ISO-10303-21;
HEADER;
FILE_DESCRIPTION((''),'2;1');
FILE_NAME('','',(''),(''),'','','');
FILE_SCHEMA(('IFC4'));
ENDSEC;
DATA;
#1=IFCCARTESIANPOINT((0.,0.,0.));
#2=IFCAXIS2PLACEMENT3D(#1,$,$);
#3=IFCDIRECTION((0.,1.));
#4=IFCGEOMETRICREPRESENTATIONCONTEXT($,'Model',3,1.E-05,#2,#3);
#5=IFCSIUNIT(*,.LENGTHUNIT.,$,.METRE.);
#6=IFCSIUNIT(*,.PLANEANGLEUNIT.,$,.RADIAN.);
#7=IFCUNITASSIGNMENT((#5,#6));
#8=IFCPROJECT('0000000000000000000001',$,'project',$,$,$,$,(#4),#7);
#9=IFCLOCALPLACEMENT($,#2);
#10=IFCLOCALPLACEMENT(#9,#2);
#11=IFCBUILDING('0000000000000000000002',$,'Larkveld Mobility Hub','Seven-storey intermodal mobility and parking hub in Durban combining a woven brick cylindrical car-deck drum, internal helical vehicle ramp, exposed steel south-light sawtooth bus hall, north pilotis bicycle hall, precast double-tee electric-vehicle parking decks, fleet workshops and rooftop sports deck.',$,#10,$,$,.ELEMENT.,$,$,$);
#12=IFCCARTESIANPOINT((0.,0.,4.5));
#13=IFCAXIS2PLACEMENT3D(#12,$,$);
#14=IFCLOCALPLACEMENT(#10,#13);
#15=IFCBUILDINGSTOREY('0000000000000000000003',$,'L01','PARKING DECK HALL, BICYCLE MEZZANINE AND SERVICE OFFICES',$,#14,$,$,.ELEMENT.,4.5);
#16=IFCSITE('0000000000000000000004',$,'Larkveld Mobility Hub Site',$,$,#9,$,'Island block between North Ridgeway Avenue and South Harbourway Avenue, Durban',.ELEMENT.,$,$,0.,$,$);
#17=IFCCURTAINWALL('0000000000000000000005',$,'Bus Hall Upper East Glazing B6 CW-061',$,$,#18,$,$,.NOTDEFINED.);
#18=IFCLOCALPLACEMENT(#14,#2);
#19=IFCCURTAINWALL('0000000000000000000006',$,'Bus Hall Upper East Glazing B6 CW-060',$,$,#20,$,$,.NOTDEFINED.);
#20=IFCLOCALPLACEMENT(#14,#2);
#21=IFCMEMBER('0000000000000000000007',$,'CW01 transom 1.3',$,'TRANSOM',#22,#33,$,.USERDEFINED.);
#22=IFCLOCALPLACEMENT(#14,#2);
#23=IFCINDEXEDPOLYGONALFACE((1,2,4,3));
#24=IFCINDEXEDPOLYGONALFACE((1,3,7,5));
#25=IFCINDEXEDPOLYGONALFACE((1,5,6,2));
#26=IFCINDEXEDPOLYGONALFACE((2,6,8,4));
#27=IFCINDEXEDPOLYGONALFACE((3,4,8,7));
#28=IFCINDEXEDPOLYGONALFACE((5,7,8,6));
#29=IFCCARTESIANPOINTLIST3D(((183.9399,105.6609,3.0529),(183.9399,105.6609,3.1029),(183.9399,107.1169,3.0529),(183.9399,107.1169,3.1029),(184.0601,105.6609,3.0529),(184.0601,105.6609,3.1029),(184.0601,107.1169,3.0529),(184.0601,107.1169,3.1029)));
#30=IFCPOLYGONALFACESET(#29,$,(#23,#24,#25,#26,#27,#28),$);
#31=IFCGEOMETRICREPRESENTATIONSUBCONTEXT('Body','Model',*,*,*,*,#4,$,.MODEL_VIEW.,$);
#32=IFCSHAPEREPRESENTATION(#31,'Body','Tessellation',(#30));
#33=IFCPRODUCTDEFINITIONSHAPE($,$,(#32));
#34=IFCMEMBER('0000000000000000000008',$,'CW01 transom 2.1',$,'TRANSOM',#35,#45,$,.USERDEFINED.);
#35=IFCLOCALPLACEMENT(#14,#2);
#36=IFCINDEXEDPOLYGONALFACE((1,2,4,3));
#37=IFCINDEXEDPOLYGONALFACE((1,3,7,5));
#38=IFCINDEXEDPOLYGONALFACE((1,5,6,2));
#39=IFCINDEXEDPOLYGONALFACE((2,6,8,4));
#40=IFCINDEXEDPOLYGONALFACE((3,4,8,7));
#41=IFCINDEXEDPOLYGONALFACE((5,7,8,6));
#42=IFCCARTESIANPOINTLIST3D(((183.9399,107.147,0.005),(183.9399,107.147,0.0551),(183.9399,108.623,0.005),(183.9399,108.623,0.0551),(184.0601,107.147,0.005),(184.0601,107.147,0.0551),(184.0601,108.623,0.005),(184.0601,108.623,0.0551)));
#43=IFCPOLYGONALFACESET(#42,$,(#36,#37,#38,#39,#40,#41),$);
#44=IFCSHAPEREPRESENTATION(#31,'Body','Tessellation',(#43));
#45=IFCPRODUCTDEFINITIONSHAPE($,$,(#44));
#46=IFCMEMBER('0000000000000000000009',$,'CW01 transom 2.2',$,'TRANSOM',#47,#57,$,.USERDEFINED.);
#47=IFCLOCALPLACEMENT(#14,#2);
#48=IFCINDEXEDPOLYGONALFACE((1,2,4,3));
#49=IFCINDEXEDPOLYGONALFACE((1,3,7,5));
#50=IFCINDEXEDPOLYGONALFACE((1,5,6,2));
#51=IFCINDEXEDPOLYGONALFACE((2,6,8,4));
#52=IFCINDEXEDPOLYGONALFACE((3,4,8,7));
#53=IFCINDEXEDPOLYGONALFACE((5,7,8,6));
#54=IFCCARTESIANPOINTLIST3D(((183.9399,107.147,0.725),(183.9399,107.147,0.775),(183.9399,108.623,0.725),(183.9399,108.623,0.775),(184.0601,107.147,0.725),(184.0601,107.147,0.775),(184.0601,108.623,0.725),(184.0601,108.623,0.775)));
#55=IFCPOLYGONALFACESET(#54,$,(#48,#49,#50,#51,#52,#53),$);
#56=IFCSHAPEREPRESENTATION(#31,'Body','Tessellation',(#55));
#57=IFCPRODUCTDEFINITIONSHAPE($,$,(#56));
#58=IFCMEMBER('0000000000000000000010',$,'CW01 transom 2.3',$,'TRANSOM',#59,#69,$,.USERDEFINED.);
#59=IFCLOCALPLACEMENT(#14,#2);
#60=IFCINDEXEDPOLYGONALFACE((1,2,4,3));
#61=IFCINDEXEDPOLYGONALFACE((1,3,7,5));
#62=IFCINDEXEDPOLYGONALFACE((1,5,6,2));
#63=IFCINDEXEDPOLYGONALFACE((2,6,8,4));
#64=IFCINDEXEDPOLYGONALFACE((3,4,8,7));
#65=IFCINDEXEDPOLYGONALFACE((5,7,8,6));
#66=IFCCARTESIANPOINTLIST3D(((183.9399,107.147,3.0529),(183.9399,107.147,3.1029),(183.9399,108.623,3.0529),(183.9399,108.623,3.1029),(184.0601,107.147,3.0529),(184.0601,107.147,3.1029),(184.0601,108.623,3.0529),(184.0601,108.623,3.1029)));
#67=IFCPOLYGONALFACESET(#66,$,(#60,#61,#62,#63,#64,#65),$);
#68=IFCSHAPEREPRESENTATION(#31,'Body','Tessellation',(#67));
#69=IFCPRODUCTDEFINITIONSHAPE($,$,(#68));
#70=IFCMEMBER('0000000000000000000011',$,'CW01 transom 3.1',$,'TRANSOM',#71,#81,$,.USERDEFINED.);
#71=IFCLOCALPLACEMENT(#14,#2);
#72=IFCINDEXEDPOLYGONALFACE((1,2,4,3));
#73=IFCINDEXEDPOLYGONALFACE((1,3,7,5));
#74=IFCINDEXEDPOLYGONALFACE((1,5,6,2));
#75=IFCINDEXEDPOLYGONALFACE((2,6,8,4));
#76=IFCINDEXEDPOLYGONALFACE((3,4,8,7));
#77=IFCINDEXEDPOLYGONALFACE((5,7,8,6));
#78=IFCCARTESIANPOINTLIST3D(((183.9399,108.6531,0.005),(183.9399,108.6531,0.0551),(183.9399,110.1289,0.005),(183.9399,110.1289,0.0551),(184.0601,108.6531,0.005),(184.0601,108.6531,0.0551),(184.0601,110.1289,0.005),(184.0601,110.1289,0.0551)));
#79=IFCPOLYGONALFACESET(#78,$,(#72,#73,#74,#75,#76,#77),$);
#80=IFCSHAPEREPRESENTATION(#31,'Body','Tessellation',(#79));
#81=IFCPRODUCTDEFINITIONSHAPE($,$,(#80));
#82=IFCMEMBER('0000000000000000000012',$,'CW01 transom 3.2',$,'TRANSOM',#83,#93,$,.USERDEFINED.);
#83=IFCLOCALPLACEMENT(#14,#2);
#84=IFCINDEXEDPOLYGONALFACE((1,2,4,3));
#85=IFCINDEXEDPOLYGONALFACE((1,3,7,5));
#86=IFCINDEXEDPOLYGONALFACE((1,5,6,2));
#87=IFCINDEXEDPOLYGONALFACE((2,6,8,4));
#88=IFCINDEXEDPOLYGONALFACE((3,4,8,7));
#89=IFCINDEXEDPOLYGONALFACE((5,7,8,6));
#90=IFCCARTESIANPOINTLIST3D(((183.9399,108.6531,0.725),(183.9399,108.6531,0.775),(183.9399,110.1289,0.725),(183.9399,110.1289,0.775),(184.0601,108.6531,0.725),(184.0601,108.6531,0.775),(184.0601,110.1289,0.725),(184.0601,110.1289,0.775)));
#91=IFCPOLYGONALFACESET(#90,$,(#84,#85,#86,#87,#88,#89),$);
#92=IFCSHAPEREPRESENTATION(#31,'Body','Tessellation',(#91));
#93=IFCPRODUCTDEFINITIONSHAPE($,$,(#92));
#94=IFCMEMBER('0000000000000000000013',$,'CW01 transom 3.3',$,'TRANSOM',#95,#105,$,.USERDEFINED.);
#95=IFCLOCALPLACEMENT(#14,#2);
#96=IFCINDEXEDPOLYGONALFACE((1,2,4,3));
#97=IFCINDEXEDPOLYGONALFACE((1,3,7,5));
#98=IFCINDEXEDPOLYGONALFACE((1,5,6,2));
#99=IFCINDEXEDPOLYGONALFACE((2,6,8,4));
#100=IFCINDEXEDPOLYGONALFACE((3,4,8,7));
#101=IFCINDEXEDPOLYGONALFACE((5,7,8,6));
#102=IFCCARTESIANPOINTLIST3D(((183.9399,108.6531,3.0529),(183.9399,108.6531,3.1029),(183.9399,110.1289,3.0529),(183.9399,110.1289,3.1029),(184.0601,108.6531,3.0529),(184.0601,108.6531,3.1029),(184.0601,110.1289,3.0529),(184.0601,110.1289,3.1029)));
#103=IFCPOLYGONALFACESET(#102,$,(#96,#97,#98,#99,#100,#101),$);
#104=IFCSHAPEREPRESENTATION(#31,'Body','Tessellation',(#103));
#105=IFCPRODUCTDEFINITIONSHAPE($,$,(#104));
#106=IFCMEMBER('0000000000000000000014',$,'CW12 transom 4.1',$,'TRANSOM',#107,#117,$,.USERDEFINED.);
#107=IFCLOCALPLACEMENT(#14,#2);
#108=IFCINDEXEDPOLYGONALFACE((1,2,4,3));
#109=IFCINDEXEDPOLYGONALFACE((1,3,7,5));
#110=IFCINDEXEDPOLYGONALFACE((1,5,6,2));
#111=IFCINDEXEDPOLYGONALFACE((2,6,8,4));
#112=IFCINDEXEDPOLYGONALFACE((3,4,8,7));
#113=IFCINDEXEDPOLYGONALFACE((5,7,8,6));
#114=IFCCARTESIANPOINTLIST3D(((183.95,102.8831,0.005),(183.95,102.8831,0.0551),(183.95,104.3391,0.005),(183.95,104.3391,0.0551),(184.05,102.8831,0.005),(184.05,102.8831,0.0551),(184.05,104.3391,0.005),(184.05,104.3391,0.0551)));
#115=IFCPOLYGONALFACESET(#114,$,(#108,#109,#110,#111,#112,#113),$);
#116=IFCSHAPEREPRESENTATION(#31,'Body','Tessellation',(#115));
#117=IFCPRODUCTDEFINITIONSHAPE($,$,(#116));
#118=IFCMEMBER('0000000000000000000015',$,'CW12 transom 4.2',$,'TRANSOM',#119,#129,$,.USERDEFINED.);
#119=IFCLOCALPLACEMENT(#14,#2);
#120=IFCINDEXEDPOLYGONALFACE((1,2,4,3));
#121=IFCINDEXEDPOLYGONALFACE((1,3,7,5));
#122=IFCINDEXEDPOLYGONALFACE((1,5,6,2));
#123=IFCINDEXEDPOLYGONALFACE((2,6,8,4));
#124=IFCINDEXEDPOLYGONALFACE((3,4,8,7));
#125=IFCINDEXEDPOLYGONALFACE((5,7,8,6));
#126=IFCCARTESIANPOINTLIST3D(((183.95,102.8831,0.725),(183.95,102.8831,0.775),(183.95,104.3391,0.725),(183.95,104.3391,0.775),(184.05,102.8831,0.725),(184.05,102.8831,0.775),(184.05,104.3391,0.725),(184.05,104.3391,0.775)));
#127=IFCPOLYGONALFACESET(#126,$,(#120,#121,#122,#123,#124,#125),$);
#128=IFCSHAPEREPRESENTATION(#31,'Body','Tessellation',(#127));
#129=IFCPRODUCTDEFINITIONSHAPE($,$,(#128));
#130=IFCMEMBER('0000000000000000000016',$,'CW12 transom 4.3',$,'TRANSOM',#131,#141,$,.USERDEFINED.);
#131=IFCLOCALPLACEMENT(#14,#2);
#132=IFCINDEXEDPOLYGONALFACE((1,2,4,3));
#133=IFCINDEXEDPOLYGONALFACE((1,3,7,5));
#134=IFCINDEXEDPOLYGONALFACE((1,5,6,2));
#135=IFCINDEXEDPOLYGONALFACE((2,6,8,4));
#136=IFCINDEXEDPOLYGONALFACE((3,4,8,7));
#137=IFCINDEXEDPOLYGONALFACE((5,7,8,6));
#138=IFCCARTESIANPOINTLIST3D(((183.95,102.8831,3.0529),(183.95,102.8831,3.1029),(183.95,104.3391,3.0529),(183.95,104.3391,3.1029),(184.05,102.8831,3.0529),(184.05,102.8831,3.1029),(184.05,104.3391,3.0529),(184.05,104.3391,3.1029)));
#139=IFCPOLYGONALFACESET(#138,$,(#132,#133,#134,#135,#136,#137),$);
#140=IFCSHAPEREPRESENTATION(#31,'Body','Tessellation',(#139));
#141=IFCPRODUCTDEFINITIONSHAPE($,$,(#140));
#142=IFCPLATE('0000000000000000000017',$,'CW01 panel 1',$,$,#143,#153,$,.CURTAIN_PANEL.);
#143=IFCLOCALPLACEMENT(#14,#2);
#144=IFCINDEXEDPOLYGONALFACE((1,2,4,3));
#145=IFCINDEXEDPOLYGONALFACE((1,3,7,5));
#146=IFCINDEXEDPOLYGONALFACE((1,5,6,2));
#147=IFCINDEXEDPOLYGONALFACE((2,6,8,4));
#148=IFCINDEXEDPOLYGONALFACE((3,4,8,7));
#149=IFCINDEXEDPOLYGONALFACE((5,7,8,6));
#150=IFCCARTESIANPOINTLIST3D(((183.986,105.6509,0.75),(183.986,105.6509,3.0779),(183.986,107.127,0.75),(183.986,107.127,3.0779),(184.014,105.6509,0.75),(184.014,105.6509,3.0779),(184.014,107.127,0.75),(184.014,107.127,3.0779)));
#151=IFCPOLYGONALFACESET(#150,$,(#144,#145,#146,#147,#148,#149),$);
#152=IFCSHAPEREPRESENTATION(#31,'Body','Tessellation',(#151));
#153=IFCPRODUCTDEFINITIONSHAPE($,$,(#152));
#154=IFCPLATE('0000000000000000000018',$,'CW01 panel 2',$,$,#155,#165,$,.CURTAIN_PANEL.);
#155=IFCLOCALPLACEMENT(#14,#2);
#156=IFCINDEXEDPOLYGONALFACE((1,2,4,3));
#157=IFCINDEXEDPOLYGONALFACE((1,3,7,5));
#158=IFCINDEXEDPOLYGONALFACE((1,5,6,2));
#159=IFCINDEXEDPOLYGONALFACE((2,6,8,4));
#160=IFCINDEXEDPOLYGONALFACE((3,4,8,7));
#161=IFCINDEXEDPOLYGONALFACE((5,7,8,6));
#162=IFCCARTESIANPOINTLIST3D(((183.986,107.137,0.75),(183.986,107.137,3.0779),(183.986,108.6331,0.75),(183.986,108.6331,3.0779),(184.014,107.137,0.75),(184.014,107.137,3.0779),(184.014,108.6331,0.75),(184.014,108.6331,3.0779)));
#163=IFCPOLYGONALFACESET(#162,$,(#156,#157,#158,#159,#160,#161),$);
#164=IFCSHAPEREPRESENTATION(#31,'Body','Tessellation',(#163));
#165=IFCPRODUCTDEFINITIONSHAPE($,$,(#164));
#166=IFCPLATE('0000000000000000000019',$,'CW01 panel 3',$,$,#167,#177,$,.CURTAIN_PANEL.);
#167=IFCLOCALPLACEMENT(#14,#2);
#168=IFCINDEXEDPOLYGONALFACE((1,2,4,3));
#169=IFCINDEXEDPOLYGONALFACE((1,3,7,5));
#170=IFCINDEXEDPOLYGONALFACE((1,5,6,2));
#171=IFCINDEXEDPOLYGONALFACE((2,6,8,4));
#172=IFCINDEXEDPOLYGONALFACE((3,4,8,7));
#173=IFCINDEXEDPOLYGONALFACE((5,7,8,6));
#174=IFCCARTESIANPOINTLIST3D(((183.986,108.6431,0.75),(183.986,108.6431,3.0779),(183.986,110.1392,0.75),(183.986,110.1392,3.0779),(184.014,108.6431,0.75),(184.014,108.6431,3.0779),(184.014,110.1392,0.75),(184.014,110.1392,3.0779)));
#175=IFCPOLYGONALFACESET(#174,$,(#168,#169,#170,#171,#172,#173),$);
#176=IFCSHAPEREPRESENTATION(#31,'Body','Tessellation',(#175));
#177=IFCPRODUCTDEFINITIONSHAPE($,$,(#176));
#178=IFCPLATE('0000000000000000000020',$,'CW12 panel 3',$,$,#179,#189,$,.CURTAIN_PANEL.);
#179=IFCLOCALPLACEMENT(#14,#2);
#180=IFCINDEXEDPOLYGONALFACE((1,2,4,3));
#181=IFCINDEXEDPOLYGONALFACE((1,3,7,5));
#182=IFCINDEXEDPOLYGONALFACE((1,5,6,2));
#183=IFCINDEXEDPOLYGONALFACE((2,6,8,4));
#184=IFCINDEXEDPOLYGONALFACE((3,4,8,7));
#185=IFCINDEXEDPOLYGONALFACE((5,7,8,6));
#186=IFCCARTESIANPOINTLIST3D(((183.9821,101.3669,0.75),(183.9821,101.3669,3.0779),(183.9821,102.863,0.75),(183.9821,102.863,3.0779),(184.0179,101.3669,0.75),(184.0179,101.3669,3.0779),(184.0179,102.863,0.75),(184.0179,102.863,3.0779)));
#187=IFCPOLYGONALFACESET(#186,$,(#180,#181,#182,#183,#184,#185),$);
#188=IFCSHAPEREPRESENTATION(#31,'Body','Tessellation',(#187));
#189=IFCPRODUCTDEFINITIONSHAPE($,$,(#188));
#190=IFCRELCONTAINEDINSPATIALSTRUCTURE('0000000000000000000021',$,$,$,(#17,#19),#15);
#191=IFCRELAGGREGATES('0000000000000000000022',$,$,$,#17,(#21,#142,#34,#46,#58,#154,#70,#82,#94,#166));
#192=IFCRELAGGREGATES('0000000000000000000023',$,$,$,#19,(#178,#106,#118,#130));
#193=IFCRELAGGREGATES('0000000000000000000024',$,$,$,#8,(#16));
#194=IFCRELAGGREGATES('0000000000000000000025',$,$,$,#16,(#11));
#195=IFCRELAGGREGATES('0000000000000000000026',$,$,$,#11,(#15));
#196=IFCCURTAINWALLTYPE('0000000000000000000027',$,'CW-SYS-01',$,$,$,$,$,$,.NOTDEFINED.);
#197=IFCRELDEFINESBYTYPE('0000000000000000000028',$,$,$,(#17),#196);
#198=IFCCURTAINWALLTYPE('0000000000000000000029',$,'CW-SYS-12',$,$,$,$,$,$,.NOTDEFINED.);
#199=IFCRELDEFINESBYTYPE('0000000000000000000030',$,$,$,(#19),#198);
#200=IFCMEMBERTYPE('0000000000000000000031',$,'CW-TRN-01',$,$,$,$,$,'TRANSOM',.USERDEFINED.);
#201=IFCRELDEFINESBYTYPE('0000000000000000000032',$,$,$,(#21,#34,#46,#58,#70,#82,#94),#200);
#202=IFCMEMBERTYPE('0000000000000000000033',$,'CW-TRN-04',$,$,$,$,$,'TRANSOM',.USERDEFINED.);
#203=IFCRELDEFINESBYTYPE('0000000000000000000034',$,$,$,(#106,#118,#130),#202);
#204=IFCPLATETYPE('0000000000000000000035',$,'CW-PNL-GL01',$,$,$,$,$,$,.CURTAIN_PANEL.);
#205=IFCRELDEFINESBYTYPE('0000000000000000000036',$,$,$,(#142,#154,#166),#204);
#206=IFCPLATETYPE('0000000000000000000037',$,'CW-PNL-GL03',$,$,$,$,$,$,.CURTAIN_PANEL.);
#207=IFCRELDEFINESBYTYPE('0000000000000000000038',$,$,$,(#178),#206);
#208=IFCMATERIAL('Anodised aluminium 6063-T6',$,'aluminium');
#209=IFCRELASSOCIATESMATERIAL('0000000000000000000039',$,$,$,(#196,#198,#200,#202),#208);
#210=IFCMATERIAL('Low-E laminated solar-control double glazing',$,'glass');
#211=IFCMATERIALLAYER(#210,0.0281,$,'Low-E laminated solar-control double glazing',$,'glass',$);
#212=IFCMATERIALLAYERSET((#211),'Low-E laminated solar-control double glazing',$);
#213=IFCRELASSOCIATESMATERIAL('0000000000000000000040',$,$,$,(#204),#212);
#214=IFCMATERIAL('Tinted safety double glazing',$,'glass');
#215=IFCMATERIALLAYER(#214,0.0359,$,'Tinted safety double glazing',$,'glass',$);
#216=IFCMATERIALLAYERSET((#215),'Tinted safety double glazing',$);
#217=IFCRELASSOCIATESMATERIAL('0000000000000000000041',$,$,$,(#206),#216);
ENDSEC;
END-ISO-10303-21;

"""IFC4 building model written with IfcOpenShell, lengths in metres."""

from ifc_helpers import new_model, si_unit, direction, frame, origin, origin_2d, place, context, subcontext, project, spatial, rectangle, extrude, material, layer, layer_set, material_profile, profile_set, type_object, element, aggregate, save


model = new_model("IFC4")

# Units and contexts
model_context = context("Model", 3, precision=1e-05, world=origin(), true_north=direction((0.0, 1.0)))
body_context = subcontext(model_context, "Body", "Model", "MODEL_VIEW")
ifc_project = project(units=[si_unit("LENGTHUNIT", "METRE"), si_unit("PLANEANGLEUNIT", "RADIAN")], contexts=[model_context])

# Site, building, storey
site_placement = place(None, origin())
site = spatial("IfcSite", under=ifc_project, at=site_placement, Name="Larkveld Mobility Hub Site", LongName="Island block between North Ridgeway Avenue and South Harbourway Avenue, Durban", CompositionType="ELEMENT", RefElevation=0.0)
building_placement = place(site_placement, origin())
building = spatial("IfcBuilding", under=site, at=building_placement, Name="Larkveld Mobility Hub", Description="Seven-storey intermodal mobility and parking hub in Durban combining a woven brick cylindrical car-deck drum, internal helical vehicle ramp, exposed steel south-light sawtooth bus hall, north pilotis bicycle hall, precast double-tee electric-vehicle parking decks, fleet workshops and rooftop sports deck.", CompositionType="ELEMENT")
storey_placement = place(building_placement, frame((0.0, 0.0, 4.5)))
storey = spatial("IfcBuildingStorey", under=building, at=storey_placement, Name="L01", Description="PARKING DECK HALL, BICYCLE MEZZANINE AND SERVICE OFFICES", CompositionType="ELEMENT", Elevation=4.5)

# Curtain walls
ifc_material_1 = material(Name="Anodised aluminium 6063-T6", Category="aluminium")
curtain_wall_type_1 = type_object("IfcCurtainWallType", Name="CW-SYS-01", PredefinedType="NOTDEFINED", material=ifc_material_1)
curtain_wall_1_placement = place(storey_placement, origin())
curtain_wall_1 = element("IfcCurtainWall", 1, at=curtain_wall_1_placement, inside=storey, type_object=curtain_wall_type_1, Name="Bus Hall Upper East Glazing B6 CW-061", PredefinedType="NOTDEFINED")
curtain_wall_type_2 = type_object("IfcCurtainWallType", Name="CW-SYS-12", PredefinedType="NOTDEFINED", material=ifc_material_1)
curtain_wall_2_placement = place(storey_placement, origin())
curtain_wall_2 = element("IfcCurtainWall", 2, at=curtain_wall_2_placement, inside=storey, type_object=curtain_wall_type_2, Name="Bus Hall Upper East Glazing B6 CW-060", PredefinedType="NOTDEFINED")

# Members
ifc_material_profile_1 = material_profile(ifc_material_1, rectangle(XDim=0.1201, YDim=0.05, at=origin_2d()), Name="ALU TRAN 50x120")
ifc_profile_set_1 = profile_set([ifc_material_profile_1], Name="Anodised aluminium 6063-T6")
member_type_1 = type_object("IfcMemberType", Name="CW-TRN-01", ElementType="TRANSOM", PredefinedType="USERDEFINED", material=ifc_profile_set_1)
member_1_placement = place(storey_placement, frame((184.0, 105.6609, 3.0779), z_axis=(0.0, 1.0, 0.0), x_axis=(-1.0, 0.0, 0.0)))
member_1 = element("IfcMember", 3, at=member_1_placement, type_object=member_type_1, Name="CW01 transom 1.3", ObjectType="TRANSOM", PredefinedType="USERDEFINED", context=body_context, shape_type="SweptSolid", body=[
    extrude(rectangle(XDim=0.1201, YDim=0.05, at=origin_2d()), origin(), (0.0, 0.0, 1.0), 1.4561),
])
member_2_placement = place(storey_placement, frame((184.0, 107.147, 0.03), z_axis=(0.0, 1.0, 0.0), x_axis=(-1.0, 0.0, 0.0)))
member_2 = element("IfcMember", 4, at=member_2_placement, type_object=member_type_1, Name="CW01 transom 2.1", ObjectType="TRANSOM", PredefinedType="USERDEFINED", context=body_context, shape_type="SweptSolid", body=[
    extrude(rectangle(XDim=0.1201, YDim=0.05, at=origin_2d()), origin(), (0.0, 0.0, 1.0), 1.4761),
])
member_3_placement = place(storey_placement, frame((184.0, 107.147, 0.75), z_axis=(0.0, 1.0, 0.0), x_axis=(-1.0, 0.0, 0.0)))
member_3 = element("IfcMember", 5, at=member_3_placement, type_object=member_type_1, Name="CW01 transom 2.2", ObjectType="TRANSOM", PredefinedType="USERDEFINED", context=body_context, shape_type="SweptSolid", body=[
    extrude(rectangle(XDim=0.1201, YDim=0.05, at=origin_2d()), origin(), (0.0, 0.0, 1.0), 1.4761),
])
member_4_placement = place(storey_placement, frame((184.0, 107.147, 3.0779), z_axis=(0.0, 1.0, 0.0), x_axis=(-1.0, 0.0, 0.0)))
member_4 = element("IfcMember", 6, at=member_4_placement, type_object=member_type_1, Name="CW01 transom 2.3", ObjectType="TRANSOM", PredefinedType="USERDEFINED", context=body_context, shape_type="SweptSolid", body=[
    extrude(rectangle(XDim=0.1201, YDim=0.05, at=origin_2d()), origin(), (0.0, 0.0, 1.0), 1.4761),
])
member_5_placement = place(storey_placement, frame((184.0, 108.6531, 0.03), z_axis=(0.0, 1.0, 0.0), x_axis=(-1.0, 0.0, 0.0)))
member_5 = element("IfcMember", 7, at=member_5_placement, type_object=member_type_1, Name="CW01 transom 3.1", ObjectType="TRANSOM", PredefinedType="USERDEFINED", context=body_context, shape_type="SweptSolid", body=[
    extrude(rectangle(XDim=0.1201, YDim=0.05, at=origin_2d()), origin(), (0.0, 0.0, 1.0), 1.4758),
])
member_6_placement = place(storey_placement, frame((184.0, 108.6531, 0.75), z_axis=(0.0, 1.0, 0.0), x_axis=(-1.0, 0.0, 0.0)))
member_6 = element("IfcMember", 8, at=member_6_placement, type_object=member_type_1, Name="CW01 transom 3.2", ObjectType="TRANSOM", PredefinedType="USERDEFINED", context=body_context, shape_type="SweptSolid", body=[
    extrude(rectangle(XDim=0.1201, YDim=0.05, at=origin_2d()), origin(), (0.0, 0.0, 1.0), 1.4758),
])
member_7_placement = place(storey_placement, frame((184.0, 108.6531, 3.0779), z_axis=(0.0, 1.0, 0.0), x_axis=(-1.0, 0.0, 0.0)))
member_7 = element("IfcMember", 9, at=member_7_placement, type_object=member_type_1, Name="CW01 transom 3.3", ObjectType="TRANSOM", PredefinedType="USERDEFINED", context=body_context, shape_type="SweptSolid", body=[
    extrude(rectangle(XDim=0.1201, YDim=0.05, at=origin_2d()), origin(), (0.0, 0.0, 1.0), 1.4758),
])
ifc_material_profile_2 = material_profile(ifc_material_1, rectangle(XDim=0.1001, YDim=0.05, at=origin_2d()), Name="ALU TRAN 50x100")
ifc_profile_set_2 = profile_set([ifc_material_profile_2], Name="Anodised aluminium 6063-T6")
member_type_2 = type_object("IfcMemberType", Name="CW-TRN-04", ElementType="TRANSOM", PredefinedType="USERDEFINED", material=ifc_profile_set_2)
member_8_placement = place(storey_placement, frame((184.0, 102.8831, 0.03), z_axis=(0.0, 1.0, 0.0), x_axis=(-1.0, 0.0, 0.0)))
member_8 = element("IfcMember", 10, at=member_8_placement, type_object=member_type_2, Name="CW12 transom 4.1", ObjectType="TRANSOM", PredefinedType="USERDEFINED", context=body_context, shape_type="SweptSolid", body=[
    extrude(rectangle(XDim=0.1001, YDim=0.05, at=origin_2d()), origin(), (0.0, 0.0, 1.0), 1.4561),
])
member_9_placement = place(storey_placement, frame((184.0, 102.8831, 0.75), z_axis=(0.0, 1.0, 0.0), x_axis=(-1.0, 0.0, 0.0)))
member_9 = element("IfcMember", 11, at=member_9_placement, type_object=member_type_2, Name="CW12 transom 4.2", ObjectType="TRANSOM", PredefinedType="USERDEFINED", context=body_context, shape_type="SweptSolid", body=[
    extrude(rectangle(XDim=0.1001, YDim=0.05, at=origin_2d()), origin(), (0.0, 0.0, 1.0), 1.4561),
])
member_10_placement = place(storey_placement, frame((184.0, 102.8831, 3.0779), z_axis=(0.0, 1.0, 0.0), x_axis=(-1.0, 0.0, 0.0)))
member_10 = element("IfcMember", 12, at=member_10_placement, type_object=member_type_2, Name="CW12 transom 4.3", ObjectType="TRANSOM", PredefinedType="USERDEFINED", context=body_context, shape_type="SweptSolid", body=[
    extrude(rectangle(XDim=0.1001, YDim=0.05, at=origin_2d()), origin(), (0.0, 0.0, 1.0), 1.4561),
])

# Plates
ifc_material_2 = material(Name="Low-E laminated solar-control double glazing", Category="glass")
ifc_layer_1 = layer(ifc_material_2, 0.0281, Name="Low-E laminated solar-control double glazing", Category="glass")
ifc_layer_set_1 = layer_set([ifc_layer_1], Name="Low-E laminated solar-control double glazing")
plate_type_1 = type_object("IfcPlateType", Name="CW-PNL-GL01", PredefinedType="CURTAIN_PANEL", material=ifc_layer_set_1)
plate_1_placement = place(storey_placement, frame((184.0, 106.3889, 0.75), z_axis=(0.0, 0.0, 1.0), x_axis=(0.0, 1.0, 0.0)))
plate_1 = element("IfcPlate", 13, at=plate_1_placement, type_object=plate_type_1, Name="CW01 panel 1", PredefinedType="CURTAIN_PANEL", context=body_context, shape_type="SweptSolid", body=[
    extrude(rectangle(XDim=1.4761, YDim=0.0281, at=origin_2d()), origin(), (0.0, 0.0, 1.0), 2.3279),
])
plate_2_placement = place(storey_placement, frame((184.0, 107.885, 0.75), z_axis=(0.0, 0.0, 1.0), x_axis=(0.0, 1.0, 0.0)))
plate_2 = element("IfcPlate", 14, at=plate_2_placement, type_object=plate_type_1, Name="CW01 panel 2", PredefinedType="CURTAIN_PANEL", context=body_context, shape_type="SweptSolid", body=[
    extrude(rectangle(XDim=1.4961, YDim=0.0281, at=origin_2d()), origin(), (0.0, 0.0, 1.0), 2.3279),
])
plate_3_placement = place(storey_placement, frame((184.0, 109.3911, 0.75), z_axis=(0.0, 0.0, 1.0), x_axis=(0.0, 1.0, 0.0)))
plate_3 = element("IfcPlate", 15, at=plate_3_placement, type_object=plate_type_1, Name="CW01 panel 3", PredefinedType="CURTAIN_PANEL", context=body_context, shape_type="SweptSolid", body=[
    extrude(rectangle(XDim=1.4961, YDim=0.0281, at=origin_2d()), origin(), (0.0, 0.0, 1.0), 2.3279),
])
ifc_material_3 = material(Name="Tinted safety double glazing", Category="glass")
ifc_layer_2 = layer(ifc_material_3, 0.0359, Name="Tinted safety double glazing", Category="glass")
ifc_layer_set_2 = layer_set([ifc_layer_2], Name="Tinted safety double glazing")
plate_type_2 = type_object("IfcPlateType", Name="CW-PNL-GL03", PredefinedType="CURTAIN_PANEL", material=ifc_layer_set_2)
plate_4_placement = place(storey_placement, frame((184.0, 102.115, 0.75), z_axis=(0.0, 0.0, 1.0), x_axis=(0.0, 1.0, 0.0)))
plate_4 = element("IfcPlate", 16, at=plate_4_placement, type_object=plate_type_2, Name="CW12 panel 3", PredefinedType="CURTAIN_PANEL", context=body_context, shape_type="SweptSolid", body=[
    extrude(rectangle(XDim=1.4961, YDim=0.0359, at=origin_2d()), origin(), (0.0, 0.0, 1.0), 2.3279),
])
aggregate(curtain_wall_1, [member_1, plate_1, member_2, member_3, member_4, plate_2, member_5, member_6, member_7, plate_3])
aggregate(curtain_wall_2, [plate_4, member_8, member_9, member_10])

save(model, "model.ifc")
